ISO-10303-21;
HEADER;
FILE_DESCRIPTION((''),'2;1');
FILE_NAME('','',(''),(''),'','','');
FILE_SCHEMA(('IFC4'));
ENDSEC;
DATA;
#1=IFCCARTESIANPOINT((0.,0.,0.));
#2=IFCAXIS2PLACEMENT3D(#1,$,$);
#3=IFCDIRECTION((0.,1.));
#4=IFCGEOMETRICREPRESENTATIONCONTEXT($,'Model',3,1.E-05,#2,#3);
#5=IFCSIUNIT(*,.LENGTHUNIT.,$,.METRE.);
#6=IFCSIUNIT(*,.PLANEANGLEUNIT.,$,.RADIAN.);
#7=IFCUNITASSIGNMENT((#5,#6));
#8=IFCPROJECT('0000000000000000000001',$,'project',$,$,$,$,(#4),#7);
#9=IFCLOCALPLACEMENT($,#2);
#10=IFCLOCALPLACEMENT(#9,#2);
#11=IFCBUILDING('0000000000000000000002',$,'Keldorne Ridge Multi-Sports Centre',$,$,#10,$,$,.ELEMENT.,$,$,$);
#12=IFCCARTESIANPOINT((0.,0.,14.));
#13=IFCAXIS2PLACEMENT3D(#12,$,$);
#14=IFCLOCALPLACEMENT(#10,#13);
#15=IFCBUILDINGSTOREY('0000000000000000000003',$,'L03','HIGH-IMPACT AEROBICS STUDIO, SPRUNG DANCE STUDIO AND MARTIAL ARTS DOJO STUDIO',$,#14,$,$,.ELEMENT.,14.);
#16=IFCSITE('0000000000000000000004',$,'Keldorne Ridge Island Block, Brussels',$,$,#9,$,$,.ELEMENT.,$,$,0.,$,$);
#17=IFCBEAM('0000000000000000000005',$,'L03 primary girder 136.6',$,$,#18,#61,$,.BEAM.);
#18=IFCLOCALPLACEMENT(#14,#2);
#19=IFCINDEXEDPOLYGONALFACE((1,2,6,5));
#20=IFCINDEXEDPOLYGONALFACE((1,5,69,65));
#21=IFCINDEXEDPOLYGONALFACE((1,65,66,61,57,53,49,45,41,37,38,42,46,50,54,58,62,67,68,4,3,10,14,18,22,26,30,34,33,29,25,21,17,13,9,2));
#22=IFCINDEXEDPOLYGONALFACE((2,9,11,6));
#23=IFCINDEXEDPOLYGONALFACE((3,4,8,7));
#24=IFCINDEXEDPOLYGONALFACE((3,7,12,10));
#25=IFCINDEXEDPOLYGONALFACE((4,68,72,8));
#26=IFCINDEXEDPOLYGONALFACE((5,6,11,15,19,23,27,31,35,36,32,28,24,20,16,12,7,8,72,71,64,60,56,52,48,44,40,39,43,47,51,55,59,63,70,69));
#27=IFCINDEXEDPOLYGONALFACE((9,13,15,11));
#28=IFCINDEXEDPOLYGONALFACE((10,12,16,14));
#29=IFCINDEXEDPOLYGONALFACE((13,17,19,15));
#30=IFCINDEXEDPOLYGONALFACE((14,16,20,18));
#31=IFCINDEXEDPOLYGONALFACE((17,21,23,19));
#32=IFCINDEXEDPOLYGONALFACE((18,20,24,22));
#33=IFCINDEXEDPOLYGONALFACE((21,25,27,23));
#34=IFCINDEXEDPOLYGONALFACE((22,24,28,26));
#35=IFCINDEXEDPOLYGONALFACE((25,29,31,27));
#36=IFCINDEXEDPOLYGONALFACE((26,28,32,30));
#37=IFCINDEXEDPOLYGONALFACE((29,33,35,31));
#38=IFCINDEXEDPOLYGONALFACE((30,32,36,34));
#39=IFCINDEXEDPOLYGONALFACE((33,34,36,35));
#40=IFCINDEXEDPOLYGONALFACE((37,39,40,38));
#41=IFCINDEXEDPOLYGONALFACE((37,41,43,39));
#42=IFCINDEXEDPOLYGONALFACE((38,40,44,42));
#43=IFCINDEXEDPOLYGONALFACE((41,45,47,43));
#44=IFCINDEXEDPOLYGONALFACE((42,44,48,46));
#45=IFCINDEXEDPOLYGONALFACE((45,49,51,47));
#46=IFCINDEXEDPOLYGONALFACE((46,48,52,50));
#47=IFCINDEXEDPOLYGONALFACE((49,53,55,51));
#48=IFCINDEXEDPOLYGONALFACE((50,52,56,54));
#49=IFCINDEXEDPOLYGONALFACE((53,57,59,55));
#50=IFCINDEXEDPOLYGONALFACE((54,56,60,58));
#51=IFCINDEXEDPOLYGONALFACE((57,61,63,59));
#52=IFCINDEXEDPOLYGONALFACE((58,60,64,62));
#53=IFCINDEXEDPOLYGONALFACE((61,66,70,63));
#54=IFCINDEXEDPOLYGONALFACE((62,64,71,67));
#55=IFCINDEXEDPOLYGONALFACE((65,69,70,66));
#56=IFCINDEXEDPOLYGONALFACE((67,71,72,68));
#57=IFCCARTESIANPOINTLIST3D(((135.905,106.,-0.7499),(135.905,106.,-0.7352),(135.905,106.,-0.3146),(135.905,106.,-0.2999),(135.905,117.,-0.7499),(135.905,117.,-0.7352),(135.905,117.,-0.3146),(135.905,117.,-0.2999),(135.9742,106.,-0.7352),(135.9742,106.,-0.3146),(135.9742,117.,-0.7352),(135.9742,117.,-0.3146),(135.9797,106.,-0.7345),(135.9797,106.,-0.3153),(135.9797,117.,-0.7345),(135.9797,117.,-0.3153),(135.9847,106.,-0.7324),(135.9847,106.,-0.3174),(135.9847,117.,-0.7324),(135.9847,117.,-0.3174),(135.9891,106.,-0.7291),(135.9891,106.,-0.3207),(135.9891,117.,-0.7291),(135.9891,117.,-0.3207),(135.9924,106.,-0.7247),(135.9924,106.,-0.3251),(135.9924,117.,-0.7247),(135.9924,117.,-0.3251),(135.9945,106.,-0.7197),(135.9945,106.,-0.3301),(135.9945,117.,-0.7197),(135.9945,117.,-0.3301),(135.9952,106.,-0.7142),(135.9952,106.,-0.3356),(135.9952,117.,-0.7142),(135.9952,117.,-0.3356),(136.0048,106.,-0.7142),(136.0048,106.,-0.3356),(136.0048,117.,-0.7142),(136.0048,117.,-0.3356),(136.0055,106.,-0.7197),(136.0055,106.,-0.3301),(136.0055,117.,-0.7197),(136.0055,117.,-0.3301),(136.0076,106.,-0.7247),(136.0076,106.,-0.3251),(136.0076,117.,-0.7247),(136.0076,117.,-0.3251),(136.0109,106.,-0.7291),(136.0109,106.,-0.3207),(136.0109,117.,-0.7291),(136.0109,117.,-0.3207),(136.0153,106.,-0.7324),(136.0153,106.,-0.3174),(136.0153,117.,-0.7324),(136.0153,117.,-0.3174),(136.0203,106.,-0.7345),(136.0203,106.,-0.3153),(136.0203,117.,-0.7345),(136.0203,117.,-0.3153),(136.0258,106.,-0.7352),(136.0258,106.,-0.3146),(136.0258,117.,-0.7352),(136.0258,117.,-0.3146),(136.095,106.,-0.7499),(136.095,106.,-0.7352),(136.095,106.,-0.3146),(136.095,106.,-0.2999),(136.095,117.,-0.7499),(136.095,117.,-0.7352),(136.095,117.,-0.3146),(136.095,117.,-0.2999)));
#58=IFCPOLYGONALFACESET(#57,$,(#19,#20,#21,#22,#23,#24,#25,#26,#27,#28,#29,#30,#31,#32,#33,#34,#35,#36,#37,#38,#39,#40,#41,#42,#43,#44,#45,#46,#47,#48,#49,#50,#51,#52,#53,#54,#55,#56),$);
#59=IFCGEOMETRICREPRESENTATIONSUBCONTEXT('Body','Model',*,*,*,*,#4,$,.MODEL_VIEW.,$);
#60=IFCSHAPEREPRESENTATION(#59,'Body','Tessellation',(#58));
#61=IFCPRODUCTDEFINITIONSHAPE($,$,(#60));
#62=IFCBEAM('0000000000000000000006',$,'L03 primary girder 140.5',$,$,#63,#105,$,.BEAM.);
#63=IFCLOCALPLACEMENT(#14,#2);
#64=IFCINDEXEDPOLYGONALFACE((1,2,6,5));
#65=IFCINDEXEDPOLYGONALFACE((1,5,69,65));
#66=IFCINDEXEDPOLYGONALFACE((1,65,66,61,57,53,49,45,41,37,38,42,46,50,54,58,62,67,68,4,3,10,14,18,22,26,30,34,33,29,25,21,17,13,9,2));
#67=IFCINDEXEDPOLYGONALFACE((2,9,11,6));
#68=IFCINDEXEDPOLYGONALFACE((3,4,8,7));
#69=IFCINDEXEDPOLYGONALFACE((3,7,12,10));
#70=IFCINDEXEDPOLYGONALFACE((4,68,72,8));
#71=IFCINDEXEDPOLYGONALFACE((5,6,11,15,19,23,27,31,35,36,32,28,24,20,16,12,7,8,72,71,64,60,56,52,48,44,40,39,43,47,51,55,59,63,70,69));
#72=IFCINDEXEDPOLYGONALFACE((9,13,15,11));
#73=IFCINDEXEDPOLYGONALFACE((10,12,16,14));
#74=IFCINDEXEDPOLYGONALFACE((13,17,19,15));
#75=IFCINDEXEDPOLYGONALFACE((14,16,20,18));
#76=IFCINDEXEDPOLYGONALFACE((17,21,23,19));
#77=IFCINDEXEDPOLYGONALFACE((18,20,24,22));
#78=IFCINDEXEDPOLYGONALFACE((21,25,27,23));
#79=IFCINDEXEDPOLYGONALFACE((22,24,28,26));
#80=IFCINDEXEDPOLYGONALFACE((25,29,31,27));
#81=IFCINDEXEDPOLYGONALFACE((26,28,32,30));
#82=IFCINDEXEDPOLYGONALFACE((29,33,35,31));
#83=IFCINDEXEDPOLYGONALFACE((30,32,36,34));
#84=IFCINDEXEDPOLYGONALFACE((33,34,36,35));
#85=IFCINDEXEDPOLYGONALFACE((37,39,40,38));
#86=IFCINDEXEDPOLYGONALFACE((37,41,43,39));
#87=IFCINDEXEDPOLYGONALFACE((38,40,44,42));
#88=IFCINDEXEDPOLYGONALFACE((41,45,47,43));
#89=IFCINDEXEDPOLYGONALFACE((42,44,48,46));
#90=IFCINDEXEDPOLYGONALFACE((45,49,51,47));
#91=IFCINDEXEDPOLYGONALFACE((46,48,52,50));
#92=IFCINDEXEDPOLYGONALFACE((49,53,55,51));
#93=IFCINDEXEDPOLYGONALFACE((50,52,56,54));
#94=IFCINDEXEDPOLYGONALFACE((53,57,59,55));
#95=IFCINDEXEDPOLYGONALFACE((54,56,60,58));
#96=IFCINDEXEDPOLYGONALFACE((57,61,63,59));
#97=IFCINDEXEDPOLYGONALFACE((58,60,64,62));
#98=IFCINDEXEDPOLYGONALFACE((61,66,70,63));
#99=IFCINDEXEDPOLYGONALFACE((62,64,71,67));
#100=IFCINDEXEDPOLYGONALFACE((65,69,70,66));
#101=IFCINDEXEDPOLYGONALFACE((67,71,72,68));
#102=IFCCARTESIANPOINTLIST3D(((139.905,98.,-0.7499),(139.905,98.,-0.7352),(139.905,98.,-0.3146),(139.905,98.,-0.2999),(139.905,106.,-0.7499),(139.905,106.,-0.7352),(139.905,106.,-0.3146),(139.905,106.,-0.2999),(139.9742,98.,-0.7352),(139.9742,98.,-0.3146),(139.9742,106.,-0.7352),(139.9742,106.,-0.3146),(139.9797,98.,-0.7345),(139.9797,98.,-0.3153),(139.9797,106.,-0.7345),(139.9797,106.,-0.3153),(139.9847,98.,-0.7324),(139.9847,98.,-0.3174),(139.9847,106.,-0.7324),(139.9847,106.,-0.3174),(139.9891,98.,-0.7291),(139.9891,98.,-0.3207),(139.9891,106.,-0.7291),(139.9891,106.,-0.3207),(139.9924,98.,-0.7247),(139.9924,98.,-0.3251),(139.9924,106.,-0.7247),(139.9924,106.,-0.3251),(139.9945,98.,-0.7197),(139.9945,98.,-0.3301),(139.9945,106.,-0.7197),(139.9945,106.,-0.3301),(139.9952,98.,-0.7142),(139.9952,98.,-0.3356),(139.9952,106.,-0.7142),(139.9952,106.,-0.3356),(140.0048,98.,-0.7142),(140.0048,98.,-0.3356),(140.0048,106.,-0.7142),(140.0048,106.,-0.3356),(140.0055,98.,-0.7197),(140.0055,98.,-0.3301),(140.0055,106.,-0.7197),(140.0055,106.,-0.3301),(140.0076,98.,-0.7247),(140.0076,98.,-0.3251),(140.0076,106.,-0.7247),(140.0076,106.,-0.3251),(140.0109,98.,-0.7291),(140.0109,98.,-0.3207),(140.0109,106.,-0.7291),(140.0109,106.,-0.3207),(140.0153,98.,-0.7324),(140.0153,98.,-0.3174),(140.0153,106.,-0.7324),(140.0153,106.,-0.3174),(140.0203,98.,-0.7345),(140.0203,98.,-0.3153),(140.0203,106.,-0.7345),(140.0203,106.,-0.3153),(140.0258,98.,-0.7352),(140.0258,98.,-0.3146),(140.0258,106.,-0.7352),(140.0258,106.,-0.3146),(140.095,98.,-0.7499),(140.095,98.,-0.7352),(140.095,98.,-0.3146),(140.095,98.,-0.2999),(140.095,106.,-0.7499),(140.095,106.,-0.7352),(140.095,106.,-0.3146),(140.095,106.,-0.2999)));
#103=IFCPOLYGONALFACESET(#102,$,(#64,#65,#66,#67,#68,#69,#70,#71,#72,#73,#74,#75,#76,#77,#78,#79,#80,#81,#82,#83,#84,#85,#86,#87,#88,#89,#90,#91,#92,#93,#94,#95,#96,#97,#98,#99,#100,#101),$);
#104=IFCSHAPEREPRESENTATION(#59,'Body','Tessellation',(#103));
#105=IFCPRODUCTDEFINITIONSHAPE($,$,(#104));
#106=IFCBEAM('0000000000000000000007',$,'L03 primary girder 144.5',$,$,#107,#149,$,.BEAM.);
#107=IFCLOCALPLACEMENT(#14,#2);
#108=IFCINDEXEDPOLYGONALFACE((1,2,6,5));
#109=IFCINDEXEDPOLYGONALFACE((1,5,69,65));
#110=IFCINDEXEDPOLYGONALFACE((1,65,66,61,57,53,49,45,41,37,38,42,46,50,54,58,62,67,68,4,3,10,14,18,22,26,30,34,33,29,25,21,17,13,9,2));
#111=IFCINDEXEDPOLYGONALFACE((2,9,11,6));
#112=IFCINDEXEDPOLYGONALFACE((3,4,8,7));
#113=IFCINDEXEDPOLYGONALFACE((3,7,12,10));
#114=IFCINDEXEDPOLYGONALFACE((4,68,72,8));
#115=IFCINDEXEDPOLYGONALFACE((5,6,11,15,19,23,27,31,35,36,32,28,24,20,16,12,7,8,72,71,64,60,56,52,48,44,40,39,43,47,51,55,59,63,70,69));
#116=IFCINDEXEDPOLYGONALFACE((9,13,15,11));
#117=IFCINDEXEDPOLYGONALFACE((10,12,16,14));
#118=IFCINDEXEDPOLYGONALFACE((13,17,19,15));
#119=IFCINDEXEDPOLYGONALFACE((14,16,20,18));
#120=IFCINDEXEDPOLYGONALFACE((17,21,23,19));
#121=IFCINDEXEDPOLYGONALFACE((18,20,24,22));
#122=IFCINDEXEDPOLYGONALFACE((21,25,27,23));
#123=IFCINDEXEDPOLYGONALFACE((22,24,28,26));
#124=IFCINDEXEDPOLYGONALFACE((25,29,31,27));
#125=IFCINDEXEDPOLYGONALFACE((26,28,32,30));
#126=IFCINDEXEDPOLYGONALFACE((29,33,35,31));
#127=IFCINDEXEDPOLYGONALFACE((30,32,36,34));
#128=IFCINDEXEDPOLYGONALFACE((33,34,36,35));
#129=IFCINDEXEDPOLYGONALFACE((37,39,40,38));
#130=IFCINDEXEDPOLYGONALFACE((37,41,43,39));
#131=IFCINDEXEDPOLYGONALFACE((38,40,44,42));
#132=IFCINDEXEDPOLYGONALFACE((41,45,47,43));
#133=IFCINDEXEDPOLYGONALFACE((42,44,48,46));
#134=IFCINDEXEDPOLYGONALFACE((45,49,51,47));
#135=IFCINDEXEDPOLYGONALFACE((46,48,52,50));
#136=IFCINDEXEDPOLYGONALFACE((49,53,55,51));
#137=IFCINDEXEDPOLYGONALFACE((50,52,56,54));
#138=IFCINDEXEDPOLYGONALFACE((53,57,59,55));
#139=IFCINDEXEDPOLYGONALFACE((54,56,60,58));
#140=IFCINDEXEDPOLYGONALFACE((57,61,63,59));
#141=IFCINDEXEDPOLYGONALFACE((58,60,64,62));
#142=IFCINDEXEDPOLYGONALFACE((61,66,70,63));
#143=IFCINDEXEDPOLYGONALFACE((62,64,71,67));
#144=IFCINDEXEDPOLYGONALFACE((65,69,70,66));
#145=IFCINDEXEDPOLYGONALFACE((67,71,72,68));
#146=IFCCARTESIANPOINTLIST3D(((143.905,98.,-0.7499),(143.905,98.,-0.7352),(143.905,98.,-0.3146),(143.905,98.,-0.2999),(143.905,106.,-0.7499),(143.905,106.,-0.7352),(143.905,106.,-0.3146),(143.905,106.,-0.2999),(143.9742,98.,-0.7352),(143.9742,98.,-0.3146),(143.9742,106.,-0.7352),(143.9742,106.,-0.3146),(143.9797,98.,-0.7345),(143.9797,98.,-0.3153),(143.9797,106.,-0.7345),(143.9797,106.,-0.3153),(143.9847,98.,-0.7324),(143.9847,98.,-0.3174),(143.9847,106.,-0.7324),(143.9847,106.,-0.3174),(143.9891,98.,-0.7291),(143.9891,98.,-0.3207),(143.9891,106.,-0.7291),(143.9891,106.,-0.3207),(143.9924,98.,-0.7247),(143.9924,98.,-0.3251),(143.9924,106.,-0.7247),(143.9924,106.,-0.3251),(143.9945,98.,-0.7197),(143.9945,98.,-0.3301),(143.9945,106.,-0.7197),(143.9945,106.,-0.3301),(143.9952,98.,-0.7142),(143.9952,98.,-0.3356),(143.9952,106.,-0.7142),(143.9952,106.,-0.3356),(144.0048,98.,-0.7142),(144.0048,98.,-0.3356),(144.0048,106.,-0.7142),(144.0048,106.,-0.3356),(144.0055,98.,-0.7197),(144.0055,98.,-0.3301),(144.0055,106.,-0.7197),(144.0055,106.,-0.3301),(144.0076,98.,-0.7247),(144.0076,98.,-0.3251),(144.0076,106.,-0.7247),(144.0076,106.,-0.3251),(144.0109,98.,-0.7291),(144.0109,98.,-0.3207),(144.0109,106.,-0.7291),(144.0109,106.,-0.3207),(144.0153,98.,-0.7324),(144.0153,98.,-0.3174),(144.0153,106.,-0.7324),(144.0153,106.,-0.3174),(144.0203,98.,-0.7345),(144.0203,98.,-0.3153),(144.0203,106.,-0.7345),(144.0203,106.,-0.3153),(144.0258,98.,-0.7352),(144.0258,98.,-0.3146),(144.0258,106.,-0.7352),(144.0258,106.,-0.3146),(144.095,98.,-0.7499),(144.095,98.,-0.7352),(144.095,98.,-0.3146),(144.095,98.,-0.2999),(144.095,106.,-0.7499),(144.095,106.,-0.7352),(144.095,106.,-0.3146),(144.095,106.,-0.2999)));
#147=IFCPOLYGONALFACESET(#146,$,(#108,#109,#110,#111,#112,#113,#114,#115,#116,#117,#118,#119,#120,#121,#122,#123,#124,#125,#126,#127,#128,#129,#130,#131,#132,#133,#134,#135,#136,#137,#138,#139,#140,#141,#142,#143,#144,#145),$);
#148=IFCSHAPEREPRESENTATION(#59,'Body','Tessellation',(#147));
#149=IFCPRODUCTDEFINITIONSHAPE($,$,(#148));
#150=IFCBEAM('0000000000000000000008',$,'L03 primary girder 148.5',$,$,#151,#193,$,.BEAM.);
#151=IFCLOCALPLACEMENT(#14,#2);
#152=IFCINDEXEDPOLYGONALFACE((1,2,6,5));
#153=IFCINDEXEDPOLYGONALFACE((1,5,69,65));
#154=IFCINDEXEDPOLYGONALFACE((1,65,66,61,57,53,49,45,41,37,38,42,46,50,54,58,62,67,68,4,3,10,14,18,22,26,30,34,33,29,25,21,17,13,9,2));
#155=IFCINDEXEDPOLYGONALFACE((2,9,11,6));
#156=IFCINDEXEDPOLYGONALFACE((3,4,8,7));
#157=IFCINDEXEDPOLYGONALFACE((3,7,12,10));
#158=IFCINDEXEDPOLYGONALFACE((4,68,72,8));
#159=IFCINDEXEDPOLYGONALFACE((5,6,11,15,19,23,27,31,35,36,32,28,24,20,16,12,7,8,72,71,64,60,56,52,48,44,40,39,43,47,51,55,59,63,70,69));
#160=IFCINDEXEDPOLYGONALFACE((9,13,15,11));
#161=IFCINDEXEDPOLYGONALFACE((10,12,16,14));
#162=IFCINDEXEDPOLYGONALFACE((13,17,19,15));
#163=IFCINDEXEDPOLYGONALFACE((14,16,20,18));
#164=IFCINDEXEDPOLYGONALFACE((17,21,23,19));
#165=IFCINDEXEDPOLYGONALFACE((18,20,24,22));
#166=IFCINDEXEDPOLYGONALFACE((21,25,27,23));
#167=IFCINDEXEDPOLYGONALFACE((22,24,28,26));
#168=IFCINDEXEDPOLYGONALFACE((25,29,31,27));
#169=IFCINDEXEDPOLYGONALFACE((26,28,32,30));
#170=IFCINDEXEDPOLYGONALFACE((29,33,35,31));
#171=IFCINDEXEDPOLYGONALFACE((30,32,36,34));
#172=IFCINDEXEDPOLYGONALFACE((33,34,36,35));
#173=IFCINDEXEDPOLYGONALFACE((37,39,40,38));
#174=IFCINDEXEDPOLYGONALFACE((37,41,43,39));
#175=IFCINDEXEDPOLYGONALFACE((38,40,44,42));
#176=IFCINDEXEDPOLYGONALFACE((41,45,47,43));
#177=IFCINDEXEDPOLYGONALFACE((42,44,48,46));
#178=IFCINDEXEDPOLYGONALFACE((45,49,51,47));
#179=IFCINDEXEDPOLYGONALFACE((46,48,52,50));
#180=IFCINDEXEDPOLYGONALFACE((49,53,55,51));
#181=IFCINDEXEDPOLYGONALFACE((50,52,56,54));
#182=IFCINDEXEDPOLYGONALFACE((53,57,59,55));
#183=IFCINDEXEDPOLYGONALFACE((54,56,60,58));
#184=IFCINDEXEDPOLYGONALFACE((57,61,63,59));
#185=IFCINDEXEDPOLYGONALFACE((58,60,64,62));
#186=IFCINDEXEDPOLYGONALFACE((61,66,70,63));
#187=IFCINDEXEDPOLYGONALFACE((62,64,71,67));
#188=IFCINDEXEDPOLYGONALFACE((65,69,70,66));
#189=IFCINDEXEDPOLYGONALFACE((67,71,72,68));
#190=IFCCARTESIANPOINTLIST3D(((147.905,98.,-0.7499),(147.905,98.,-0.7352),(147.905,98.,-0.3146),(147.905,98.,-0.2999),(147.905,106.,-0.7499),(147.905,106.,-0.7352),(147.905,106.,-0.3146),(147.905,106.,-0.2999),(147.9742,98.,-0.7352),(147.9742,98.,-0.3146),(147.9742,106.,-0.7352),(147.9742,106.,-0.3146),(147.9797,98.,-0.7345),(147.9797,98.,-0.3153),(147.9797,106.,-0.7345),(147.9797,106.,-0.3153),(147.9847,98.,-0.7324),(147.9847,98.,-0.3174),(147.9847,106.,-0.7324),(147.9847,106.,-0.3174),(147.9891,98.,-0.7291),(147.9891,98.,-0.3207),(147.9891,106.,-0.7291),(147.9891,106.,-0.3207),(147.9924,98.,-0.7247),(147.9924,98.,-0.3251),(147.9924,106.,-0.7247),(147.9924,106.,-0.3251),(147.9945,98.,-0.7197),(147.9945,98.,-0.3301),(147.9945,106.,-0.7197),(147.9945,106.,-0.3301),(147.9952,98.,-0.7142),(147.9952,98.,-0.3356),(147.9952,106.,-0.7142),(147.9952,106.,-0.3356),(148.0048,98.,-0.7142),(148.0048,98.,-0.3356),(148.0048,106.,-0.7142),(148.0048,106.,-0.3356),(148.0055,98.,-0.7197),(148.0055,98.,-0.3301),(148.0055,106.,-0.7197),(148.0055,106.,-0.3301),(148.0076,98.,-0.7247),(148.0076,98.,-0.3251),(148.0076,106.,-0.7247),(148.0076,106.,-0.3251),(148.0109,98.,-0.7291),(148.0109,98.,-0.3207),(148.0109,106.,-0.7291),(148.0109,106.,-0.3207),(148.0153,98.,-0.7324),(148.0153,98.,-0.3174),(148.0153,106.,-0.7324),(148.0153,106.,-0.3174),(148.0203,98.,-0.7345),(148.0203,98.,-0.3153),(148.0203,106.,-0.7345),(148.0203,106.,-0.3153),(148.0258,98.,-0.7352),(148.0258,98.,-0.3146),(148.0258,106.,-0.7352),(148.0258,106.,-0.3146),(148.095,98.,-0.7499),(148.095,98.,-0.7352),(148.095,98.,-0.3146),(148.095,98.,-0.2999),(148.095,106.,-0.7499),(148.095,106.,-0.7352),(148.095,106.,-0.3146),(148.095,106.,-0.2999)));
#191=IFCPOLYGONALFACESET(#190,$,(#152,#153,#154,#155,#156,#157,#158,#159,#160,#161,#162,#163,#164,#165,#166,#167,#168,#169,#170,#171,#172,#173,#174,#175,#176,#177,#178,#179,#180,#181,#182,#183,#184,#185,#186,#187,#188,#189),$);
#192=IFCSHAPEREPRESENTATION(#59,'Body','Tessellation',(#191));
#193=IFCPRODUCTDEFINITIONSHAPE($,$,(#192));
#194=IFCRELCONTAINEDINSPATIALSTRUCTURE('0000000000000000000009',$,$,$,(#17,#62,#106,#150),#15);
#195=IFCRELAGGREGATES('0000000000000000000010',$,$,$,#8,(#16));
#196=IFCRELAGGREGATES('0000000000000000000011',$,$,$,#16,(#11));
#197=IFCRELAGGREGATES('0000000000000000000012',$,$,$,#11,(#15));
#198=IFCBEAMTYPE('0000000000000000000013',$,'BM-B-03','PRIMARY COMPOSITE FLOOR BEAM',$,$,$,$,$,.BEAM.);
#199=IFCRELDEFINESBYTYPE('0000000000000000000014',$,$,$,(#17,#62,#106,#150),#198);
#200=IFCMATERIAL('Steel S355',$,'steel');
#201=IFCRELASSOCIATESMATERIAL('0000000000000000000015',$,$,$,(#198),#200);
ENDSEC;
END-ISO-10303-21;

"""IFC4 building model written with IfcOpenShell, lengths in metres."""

from ifc_helpers import new_model, si_unit, direction, frame, origin, origin_2d, place, context, subcontext, project, spatial, i_section, extrude, material, material_profile, profile_set, type_object, element, save


model = new_model("IFC4")

# Units and contexts
model_context = context("Model", 3, precision=1e-05, world=origin(), true_north=direction((0.0, 1.0)))
body_context = subcontext(model_context, "Body", "Model", "MODEL_VIEW")
ifc_project = project(units=[si_unit("LENGTHUNIT", "METRE"), si_unit("PLANEANGLEUNIT", "RADIAN")], contexts=[model_context])

# Site, building, storey
site_placement = place(None, origin())
site = spatial("IfcSite", under=ifc_project, at=site_placement, Name="Keldorne Ridge Island Block, Brussels", CompositionType="ELEMENT", RefElevation=0.0)
building_placement = place(site_placement, origin())
building = spatial("IfcBuilding", under=site, at=building_placement, Name="Keldorne Ridge Multi-Sports Centre", CompositionType="ELEMENT")
storey_placement = place(building_placement, frame((0.0, 0.0, 14.0)))
storey = spatial("IfcBuildingStorey", under=building, at=storey_placement, Name="L03", Description="HIGH-IMPACT AEROBICS STUDIO, SPRUNG DANCE STUDIO AND MARTIAL ARTS DOJO STUDIO", CompositionType="ELEMENT", Elevation=14.0)

# Shared definitions
ifc_material_1 = material(Name="Steel S355", Category="steel")

# Beams
ifc_material_profile_1 = material_profile(ifc_material_1, i_section(OverallWidth=0.1899, OverallDepth=0.45, WebThickness=0.0095, FlangeThickness=0.0146, FilletRadius=0.021, at=origin_2d()), Name="IPE 450")
ifc_profile_set_1 = profile_set([ifc_material_profile_1], Name="Steel S355")
beam_type_1 = type_object("IfcBeamType", Name="BM-B-03", Description="PRIMARY COMPOSITE FLOOR BEAM", PredefinedType="BEAM", material=ifc_profile_set_1)
beam_1_placement = place(storey_placement, frame((136.0, 106.0, -0.5249), z_axis=(0.0, 1.0, 0.0), x_axis=(-1.0, 0.0, 0.0)))
element("IfcBeam", 1, at=beam_1_placement, inside=storey, type_object=beam_type_1, Name="L03 primary girder 136.6", PredefinedType="BEAM", context=body_context, shape_type="SweptSolid", body=[
    extrude(i_section(OverallWidth=0.1899, OverallDepth=0.45, WebThickness=0.0095, FlangeThickness=0.0146, FilletRadius=0.021, at=origin_2d()), origin(), (0.0, 0.0, 1.0), 11.0),
])
for number, where, z_axis, x_axis, name in (
    (2, (140.0, 98.0, -0.5249), (0.0, 1.0, 0.0), (-1.0, 0.0, 0.0), "L03 primary girder 140.5"),
    (3, (144.0, 98.0, -0.5249), (0.0, 1.0, 0.0), (-1.0, 0.0, 0.0), "L03 primary girder 144.5"),
    (4, (148.0, 98.0, -0.5249), (0.0, 1.0, 0.0), (-1.0, 0.0, 0.0), "L03 primary girder 148.5"),
):
    element("IfcBeam", number, at=place(storey_placement, frame(where, z_axis=z_axis, x_axis=x_axis)), inside=storey, type_object=beam_type_1, Name=name, PredefinedType="BEAM", context=body_context, shape_type="SweptSolid", body=[
        extrude(i_section(OverallWidth=0.1899, OverallDepth=0.45, WebThickness=0.0095, FlangeThickness=0.0146, FilletRadius=0.021, at=origin_2d()), origin(), (0.0, 0.0, 1.0), 8.0),
    ])

save(model, "model.ifc")
